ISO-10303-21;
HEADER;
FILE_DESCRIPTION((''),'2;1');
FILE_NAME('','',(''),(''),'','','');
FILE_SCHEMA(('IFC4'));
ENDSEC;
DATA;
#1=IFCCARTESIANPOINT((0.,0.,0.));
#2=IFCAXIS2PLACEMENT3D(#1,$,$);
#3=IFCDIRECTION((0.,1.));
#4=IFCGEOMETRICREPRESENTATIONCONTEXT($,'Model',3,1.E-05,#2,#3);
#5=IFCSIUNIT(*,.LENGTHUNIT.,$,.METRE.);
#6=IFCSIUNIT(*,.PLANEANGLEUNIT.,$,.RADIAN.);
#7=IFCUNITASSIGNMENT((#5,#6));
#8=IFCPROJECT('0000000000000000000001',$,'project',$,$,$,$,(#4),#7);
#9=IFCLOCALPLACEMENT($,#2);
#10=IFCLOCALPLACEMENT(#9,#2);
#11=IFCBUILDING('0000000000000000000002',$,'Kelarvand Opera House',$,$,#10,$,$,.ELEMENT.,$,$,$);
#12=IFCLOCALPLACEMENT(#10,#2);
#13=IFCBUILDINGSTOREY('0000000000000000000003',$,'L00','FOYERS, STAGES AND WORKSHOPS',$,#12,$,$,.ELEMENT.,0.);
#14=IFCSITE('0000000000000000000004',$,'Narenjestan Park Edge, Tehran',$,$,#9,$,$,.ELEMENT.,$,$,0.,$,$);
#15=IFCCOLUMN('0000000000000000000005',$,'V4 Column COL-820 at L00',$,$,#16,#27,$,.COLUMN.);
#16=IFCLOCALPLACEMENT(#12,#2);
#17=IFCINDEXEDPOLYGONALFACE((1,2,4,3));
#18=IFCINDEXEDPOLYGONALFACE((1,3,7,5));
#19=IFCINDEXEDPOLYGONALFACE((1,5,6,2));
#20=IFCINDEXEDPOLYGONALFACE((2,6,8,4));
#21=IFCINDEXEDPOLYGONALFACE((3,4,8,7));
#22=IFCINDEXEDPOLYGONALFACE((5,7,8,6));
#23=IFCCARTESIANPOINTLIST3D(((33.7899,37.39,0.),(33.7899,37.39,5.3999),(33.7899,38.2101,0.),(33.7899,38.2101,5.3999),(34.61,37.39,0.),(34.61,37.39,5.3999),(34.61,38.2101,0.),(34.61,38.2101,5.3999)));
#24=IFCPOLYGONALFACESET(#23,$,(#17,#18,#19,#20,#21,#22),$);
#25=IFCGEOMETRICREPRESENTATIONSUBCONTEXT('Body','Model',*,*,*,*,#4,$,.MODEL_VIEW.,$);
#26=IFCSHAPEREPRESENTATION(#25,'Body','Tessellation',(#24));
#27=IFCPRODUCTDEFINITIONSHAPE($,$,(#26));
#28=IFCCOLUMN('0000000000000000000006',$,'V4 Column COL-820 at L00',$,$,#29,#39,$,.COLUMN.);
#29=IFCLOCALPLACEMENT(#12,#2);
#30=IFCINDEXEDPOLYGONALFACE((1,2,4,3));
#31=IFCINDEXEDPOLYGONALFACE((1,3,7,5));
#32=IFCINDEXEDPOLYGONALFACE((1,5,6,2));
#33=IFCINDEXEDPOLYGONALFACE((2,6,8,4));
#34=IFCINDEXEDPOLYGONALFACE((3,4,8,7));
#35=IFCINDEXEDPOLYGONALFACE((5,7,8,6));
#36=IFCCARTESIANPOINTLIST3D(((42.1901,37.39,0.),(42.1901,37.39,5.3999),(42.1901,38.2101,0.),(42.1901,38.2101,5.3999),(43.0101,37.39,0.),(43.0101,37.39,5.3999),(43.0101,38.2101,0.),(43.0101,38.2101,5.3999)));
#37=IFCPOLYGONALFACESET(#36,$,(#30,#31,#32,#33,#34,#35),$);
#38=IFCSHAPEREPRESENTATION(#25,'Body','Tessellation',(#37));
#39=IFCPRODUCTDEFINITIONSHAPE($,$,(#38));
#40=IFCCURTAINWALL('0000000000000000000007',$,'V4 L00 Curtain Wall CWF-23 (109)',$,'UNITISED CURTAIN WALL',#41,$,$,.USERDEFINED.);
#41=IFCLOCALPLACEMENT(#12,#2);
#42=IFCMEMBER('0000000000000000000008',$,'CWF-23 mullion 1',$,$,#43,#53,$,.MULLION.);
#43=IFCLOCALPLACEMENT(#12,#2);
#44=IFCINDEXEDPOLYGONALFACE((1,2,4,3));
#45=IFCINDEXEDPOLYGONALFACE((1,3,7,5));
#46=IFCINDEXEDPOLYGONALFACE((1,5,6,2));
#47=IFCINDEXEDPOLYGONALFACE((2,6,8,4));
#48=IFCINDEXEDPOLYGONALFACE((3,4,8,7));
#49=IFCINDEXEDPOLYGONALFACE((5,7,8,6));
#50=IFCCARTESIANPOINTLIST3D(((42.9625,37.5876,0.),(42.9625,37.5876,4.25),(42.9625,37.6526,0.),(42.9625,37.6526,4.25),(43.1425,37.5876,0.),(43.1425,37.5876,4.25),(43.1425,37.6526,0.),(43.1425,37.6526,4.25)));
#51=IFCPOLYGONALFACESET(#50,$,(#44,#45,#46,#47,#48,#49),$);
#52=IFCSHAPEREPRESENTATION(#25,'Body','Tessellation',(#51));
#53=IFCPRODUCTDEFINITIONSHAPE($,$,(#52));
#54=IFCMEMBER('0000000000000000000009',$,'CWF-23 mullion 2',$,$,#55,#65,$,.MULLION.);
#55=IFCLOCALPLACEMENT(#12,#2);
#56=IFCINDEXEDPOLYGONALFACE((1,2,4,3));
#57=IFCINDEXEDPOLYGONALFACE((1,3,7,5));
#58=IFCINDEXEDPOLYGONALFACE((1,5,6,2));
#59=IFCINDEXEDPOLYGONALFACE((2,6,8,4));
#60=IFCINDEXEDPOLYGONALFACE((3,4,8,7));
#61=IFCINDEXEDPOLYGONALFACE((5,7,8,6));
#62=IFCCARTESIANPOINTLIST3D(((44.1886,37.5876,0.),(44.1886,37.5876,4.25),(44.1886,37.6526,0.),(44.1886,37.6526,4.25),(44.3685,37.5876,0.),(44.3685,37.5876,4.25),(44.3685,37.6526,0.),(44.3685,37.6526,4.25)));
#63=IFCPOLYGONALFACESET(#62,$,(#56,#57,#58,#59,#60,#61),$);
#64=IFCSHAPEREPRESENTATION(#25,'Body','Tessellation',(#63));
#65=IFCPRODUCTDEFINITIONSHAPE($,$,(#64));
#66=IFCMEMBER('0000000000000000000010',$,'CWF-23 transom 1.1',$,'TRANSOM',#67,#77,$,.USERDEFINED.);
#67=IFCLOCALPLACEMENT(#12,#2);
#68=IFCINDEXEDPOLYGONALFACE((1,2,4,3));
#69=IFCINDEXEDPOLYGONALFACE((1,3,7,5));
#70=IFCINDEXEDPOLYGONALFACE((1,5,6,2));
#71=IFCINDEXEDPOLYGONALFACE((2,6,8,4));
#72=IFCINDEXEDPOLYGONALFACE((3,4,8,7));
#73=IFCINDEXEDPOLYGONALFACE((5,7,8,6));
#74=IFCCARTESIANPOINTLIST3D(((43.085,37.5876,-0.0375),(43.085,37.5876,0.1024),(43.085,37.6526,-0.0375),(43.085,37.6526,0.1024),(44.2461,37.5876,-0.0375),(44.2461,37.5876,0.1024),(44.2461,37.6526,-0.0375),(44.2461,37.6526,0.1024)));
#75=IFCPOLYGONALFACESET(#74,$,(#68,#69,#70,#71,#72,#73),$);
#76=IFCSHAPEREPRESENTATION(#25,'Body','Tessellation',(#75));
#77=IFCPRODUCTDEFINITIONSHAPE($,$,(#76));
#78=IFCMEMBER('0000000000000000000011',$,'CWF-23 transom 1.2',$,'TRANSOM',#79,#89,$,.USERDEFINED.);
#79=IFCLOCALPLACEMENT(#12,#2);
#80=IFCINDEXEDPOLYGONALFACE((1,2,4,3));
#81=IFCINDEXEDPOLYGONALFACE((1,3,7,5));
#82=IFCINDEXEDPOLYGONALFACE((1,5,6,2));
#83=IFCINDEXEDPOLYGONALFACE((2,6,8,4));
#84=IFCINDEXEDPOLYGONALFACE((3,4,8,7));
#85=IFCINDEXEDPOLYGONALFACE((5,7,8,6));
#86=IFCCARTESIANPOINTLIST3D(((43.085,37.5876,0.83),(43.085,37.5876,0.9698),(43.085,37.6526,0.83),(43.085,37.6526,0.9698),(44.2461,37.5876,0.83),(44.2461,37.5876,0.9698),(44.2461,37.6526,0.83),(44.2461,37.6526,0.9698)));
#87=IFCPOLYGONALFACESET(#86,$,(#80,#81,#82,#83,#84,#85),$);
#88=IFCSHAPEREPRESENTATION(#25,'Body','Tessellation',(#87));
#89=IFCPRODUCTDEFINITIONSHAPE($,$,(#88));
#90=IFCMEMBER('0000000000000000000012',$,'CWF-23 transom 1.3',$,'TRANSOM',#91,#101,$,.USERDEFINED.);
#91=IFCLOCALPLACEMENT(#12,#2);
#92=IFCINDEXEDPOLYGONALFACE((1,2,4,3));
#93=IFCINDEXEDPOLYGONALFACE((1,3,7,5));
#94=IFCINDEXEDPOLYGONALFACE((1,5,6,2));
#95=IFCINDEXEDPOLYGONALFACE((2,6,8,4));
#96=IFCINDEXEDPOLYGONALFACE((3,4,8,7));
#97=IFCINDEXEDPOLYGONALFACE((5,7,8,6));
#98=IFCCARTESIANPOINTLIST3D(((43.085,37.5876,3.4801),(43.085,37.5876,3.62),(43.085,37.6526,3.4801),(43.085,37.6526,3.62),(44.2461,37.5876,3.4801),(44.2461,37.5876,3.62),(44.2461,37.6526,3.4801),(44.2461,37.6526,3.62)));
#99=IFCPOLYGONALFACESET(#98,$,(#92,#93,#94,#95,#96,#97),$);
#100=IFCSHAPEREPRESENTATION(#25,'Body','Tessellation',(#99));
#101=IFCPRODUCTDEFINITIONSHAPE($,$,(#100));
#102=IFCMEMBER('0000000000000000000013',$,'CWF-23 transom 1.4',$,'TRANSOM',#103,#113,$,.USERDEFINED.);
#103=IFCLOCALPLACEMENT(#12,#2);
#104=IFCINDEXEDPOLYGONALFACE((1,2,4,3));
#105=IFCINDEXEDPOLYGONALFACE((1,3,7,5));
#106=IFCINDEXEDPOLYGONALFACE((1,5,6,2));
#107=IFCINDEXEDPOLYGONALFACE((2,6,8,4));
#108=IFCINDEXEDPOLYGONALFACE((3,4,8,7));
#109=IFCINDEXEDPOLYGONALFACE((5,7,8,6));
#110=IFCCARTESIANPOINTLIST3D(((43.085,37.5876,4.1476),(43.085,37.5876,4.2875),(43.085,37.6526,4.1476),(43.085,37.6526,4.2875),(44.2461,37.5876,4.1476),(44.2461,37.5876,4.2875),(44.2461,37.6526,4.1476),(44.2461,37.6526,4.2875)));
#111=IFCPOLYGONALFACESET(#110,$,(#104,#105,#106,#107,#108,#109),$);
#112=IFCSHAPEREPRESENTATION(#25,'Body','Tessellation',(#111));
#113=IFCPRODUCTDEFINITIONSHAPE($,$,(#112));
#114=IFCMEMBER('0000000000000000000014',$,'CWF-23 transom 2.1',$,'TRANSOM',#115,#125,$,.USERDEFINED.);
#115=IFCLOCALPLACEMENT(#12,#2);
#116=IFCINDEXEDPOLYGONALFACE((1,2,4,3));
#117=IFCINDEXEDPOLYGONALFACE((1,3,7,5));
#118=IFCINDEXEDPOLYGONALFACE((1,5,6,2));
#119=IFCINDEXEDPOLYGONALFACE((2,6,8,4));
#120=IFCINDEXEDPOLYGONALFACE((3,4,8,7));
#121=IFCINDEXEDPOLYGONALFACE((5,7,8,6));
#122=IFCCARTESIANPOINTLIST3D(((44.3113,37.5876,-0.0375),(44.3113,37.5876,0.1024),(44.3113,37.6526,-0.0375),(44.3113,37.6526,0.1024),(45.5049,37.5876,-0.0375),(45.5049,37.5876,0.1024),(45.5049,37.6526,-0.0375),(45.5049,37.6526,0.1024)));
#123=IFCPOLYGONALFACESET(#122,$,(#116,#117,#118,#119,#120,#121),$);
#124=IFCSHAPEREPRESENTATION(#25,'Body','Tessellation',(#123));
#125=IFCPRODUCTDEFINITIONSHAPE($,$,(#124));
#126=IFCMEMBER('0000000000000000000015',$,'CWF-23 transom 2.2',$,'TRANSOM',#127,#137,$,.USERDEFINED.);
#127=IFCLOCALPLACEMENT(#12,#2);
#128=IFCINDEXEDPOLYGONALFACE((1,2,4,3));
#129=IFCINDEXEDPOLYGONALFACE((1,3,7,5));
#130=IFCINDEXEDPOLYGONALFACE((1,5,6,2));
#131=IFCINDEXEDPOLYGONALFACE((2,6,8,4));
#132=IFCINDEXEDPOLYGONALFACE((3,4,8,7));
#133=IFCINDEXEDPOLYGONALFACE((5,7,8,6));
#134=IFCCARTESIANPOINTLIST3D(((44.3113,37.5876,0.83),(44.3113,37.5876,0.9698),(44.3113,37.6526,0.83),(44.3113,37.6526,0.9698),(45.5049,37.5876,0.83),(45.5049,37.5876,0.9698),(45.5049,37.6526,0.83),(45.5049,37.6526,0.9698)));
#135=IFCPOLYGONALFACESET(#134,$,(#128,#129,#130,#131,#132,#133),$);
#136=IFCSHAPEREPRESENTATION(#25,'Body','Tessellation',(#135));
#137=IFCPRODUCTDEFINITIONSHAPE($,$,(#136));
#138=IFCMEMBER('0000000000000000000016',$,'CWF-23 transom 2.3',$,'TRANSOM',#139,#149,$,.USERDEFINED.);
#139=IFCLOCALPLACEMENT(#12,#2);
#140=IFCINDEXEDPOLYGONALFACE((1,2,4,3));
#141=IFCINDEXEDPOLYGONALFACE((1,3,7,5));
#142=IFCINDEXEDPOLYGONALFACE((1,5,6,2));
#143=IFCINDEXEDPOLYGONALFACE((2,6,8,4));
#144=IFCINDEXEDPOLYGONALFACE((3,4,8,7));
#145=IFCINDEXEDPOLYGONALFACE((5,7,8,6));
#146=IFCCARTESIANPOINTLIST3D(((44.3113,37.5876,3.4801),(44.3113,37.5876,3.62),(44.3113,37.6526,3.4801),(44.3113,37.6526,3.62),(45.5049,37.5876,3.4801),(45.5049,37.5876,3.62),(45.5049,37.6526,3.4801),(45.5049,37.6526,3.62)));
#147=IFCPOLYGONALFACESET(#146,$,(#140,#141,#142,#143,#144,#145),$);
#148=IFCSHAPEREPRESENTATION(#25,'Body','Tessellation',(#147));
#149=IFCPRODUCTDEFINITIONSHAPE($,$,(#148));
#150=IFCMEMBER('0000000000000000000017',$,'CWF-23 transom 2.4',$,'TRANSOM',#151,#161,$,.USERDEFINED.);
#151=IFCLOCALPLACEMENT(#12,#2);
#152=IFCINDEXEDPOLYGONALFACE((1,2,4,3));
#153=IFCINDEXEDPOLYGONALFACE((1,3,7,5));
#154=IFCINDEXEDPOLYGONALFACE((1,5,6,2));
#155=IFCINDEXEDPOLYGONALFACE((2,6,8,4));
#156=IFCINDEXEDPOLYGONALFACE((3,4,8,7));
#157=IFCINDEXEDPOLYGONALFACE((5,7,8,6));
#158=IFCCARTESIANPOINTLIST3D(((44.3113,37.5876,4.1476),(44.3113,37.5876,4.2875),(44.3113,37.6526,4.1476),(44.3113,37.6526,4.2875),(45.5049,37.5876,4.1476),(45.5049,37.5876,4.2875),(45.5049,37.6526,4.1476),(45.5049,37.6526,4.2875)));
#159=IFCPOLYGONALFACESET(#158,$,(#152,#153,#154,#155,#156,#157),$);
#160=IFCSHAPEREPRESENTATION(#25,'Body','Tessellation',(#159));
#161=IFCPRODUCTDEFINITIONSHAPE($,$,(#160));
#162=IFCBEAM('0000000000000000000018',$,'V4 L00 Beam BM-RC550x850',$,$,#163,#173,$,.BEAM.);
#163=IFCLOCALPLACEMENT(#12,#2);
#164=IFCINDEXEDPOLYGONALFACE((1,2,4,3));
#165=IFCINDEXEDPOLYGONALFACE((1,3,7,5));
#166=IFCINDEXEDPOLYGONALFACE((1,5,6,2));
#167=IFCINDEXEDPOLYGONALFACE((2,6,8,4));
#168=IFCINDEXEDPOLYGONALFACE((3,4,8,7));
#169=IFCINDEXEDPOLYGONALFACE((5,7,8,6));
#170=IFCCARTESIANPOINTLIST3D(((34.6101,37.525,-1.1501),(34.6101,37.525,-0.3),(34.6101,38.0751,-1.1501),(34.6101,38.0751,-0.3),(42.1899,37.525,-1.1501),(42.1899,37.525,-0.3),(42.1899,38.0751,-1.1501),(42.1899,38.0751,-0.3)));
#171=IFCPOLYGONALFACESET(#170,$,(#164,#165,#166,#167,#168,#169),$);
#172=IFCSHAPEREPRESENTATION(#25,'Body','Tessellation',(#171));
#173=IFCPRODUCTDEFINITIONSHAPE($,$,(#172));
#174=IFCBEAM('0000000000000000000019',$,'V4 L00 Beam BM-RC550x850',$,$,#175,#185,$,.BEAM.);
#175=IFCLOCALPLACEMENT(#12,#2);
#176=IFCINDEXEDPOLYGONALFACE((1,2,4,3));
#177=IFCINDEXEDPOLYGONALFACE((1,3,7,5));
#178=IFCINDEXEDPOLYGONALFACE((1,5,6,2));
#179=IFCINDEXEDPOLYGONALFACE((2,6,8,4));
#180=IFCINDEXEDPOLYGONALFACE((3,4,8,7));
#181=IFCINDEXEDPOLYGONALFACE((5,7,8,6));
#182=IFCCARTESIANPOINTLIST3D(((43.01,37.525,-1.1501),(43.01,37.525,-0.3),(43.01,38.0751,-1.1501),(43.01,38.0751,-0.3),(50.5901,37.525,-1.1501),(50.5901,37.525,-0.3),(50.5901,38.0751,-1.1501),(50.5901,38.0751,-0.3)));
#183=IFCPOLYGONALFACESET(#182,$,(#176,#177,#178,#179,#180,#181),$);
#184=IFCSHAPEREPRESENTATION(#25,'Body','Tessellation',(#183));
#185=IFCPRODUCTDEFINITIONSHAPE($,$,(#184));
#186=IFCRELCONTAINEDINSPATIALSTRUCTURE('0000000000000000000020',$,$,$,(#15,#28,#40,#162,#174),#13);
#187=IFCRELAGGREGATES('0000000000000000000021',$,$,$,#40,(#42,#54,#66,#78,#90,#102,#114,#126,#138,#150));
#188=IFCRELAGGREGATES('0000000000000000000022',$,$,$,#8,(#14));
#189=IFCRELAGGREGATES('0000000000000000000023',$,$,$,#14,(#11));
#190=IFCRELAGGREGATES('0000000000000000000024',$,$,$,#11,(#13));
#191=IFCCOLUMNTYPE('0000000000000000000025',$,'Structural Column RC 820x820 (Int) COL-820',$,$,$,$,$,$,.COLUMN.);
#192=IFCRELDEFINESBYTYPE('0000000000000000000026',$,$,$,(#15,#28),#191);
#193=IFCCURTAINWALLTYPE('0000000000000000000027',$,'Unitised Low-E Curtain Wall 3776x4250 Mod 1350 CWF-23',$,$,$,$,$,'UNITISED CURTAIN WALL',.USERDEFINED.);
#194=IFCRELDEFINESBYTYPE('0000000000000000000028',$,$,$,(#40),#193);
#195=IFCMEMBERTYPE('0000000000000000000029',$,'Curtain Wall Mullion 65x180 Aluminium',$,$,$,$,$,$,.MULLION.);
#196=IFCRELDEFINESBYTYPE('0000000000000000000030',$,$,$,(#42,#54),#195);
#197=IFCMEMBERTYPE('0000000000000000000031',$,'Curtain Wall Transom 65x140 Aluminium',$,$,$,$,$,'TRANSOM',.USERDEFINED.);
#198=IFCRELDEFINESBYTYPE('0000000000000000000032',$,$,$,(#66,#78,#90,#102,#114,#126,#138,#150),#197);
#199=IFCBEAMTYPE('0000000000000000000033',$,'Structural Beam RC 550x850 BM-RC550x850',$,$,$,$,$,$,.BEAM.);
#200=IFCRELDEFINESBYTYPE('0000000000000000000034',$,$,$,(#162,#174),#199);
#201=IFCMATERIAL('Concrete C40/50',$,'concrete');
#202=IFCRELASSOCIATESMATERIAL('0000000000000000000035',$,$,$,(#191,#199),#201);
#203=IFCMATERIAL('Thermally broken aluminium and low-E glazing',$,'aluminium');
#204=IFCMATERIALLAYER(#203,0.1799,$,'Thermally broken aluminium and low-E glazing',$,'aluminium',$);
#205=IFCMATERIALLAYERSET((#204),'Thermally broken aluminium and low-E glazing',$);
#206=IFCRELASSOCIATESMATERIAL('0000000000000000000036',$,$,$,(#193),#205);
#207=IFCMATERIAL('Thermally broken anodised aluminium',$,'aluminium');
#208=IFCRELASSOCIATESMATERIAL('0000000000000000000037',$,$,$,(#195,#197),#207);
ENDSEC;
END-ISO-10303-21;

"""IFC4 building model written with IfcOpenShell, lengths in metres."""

from ifc_helpers import new_model, si_unit, direction, frame, origin, origin_2d, place, context, subcontext, project, spatial, rectangle, extrude, material, layer, layer_set, material_profile, profile_set, type_object, element, aggregate, save


model = new_model("IFC4")

# Units and contexts
model_context = context("Model", 3, precision=1e-05, world=origin(), true_north=direction((0.0, 1.0)))
body_context = subcontext(model_context, "Body", "Model", "MODEL_VIEW")
ifc_project = project(units=[si_unit("LENGTHUNIT", "METRE"), si_unit("PLANEANGLEUNIT", "RADIAN")], contexts=[model_context])

# Site, building, storey
site_placement = place(None, origin())
site = spatial("IfcSite", under=ifc_project, at=site_placement, Name="Narenjestan Park Edge, Tehran", CompositionType="ELEMENT", RefElevation=0.0)
building_placement = place(site_placement, origin())
building = spatial("IfcBuilding", under=site, at=building_placement, Name="Kelarvand Opera House", CompositionType="ELEMENT")
storey_placement = place(building_placement, origin())
storey = spatial("IfcBuildingStorey", under=building, at=storey_placement, Name="L00", Description="FOYERS, STAGES AND WORKSHOPS", CompositionType="ELEMENT", Elevation=0.0)

# Columns
ifc_material_1 = material(Name="Concrete C40/50", Category="concrete")
ifc_material_profile_1 = material_profile(ifc_material_1, rectangle(XDim=0.8201, YDim=0.8201, at=origin_2d()), Name="RC 820x820", Category="concrete")
ifc_profile_set_1 = profile_set([ifc_material_profile_1], Name="Concrete C40/50")
column_type = type_object("IfcColumnType", Name="Structural Column RC 820x820 (Int) COL-820", PredefinedType="COLUMN", material=ifc_profile_set_1)
for number, where, z_axis, x_axis, name in (
    (1, (34.2, 37.8, 0.0), (0.0, 0.0, 1.0), (1.0, 0.0, 0.0), "V4 Column COL-820 at L00"),
    (2, (42.6001, 37.8, 0.0), (0.0, 0.0, 1.0), (1.0, 0.0, 0.0), "V4 Column COL-820 at L00"),
):
    element("IfcColumn", number, at=place(storey_placement, frame(where, z_axis=z_axis, x_axis=x_axis)), inside=storey, type_object=column_type, Name=name, PredefinedType="COLUMN", context=body_context, shape_type="SweptSolid", body=[
        extrude(rectangle(XDim=0.8201, YDim=0.8201, at=origin_2d()), origin(), (0.0, 0.0, 1.0), 5.3999),
    ])

# Curtain wall, members
ifc_material_2 = material(Name="Thermally broken aluminium and low-E glazing", Category="aluminium")
ifc_layer_1 = layer(ifc_material_2, 0.1799, Name="Thermally broken aluminium and low-E glazing", Category="aluminium")
ifc_layer_set_1 = layer_set([ifc_layer_1], Name="Thermally broken aluminium and low-E glazing")
curtain_wall_type = type_object("IfcCurtainWallType", Name="Unitised Low-E Curtain Wall 3776x4250 Mod 1350 CWF-23", ElementType="UNITISED CURTAIN WALL", PredefinedType="USERDEFINED", material=ifc_layer_set_1)
curtain_wall_placement = place(storey_placement, origin())
curtain_wall = element("IfcCurtainWall", 3, at=curtain_wall_placement, inside=storey, type_object=curtain_wall_type, Name="V4 L00 Curtain Wall CWF-23 (109)", ObjectType="UNITISED CURTAIN WALL", PredefinedType="USERDEFINED")
ifc_material_3 = material(Name="Thermally broken anodised aluminium", Category="aluminium")
ifc_material_profile_2 = material_profile(ifc_material_3, rectangle(XDim=0.0649, YDim=0.1799, at=origin_2d()), Name="ALU MULLION 65x180", Category="aluminium")
ifc_profile_set_2 = profile_set([ifc_material_profile_2], Name="Thermally broken anodised aluminium")
member_type_1 = type_object("IfcMemberType", Name="Curtain Wall Mullion 65x180 Aluminium", PredefinedType="MULLION", material=ifc_profile_set_2)
member_1_placement = place(storey_placement, frame((43.0525, 37.6201, 0.0), z_axis=(0.0, 0.0, 1.0), x_axis=(0.0, 1.0, 0.0)))
member_1 = element("IfcMember", 4, at=member_1_placement, type_object=member_type_1, Name="CWF-23 mullion 1", PredefinedType="MULLION", context=body_context, shape_type="SweptSolid", body=[
    extrude(rectangle(XDim=0.0649, YDim=0.1799, at=origin_2d()), origin(), (0.0, 0.0, 1.0), 4.25),
])
member_2_placement = place(storey_placement, frame((44.2786, 37.6201, 0.0), z_axis=(0.0, 0.0, 1.0), x_axis=(0.0, 1.0, 0.0)))
member_2 = element("IfcMember", 5, at=member_2_placement, type_object=member_type_1, Name="CWF-23 mullion 2", PredefinedType="MULLION", context=body_context, shape_type="SweptSolid", body=[
    extrude(rectangle(XDim=0.0649, YDim=0.1799, at=origin_2d()), origin(), (0.0, 0.0, 1.0), 4.25),
])
ifc_material_profile_3 = material_profile(ifc_material_3, rectangle(XDim=0.0649, YDim=0.1399, at=origin_2d()), Name="ALU TRANSOM 65x140", Category="aluminium")
ifc_profile_set_3 = profile_set([ifc_material_profile_3], Name="Thermally broken anodised aluminium")
member_type_2 = type_object("IfcMemberType", Name="Curtain Wall Transom 65x140 Aluminium", ElementType="TRANSOM", PredefinedType="USERDEFINED", material=ifc_profile_set_3)
member_3_placement = place(storey_placement, frame((43.085, 37.6201, 0.0325), z_axis=(1.0, 0.0, 0.0), x_axis=(0.0, 1.0, 0.0)))
member_3 = element("IfcMember", 6, at=member_3_placement, type_object=member_type_2, Name="CWF-23 transom 1.1", ObjectType="TRANSOM", PredefinedType="USERDEFINED", context=body_context, shape_type="SweptSolid", body=[
    extrude(rectangle(XDim=0.0649, YDim=0.1399, at=origin_2d()), origin(), (0.0, 0.0, 1.0), 1.1611),
])
member_4_placement = place(storey_placement, frame((43.085, 37.6201, 0.8999), z_axis=(1.0, 0.0, 0.0), x_axis=(0.0, 1.0, 0.0)))
member_4 = element("IfcMember", 7, at=member_4_placement, type_object=member_type_2, Name="CWF-23 transom 1.2", ObjectType="TRANSOM", PredefinedType="USERDEFINED", context=body_context, shape_type="SweptSolid", body=[
    extrude(rectangle(XDim=0.0649, YDim=0.1399, at=origin_2d()), origin(), (0.0, 0.0, 1.0), 1.1611),
])
member_5_placement = place(storey_placement, frame((43.085, 37.6201, 3.55), z_axis=(1.0, 0.0, 0.0), x_axis=(0.0, 1.0, 0.0)))
member_5 = element("IfcMember", 8, at=member_5_placement, type_object=member_type_2, Name="CWF-23 transom 1.3", ObjectType="TRANSOM", PredefinedType="USERDEFINED", context=body_context, shape_type="SweptSolid", body=[
    extrude(rectangle(XDim=0.0649, YDim=0.1399, at=origin_2d()), origin(), (0.0, 0.0, 1.0), 1.1611),
])
member_6_placement = place(storey_placement, frame((43.085, 37.6201, 4.2175), z_axis=(1.0, 0.0, 0.0), x_axis=(0.0, 1.0, 0.0)))
member_6 = element("IfcMember", 9, at=member_6_placement, type_object=member_type_2, Name="CWF-23 transom 1.4", ObjectType="TRANSOM", PredefinedType="USERDEFINED", context=body_context, shape_type="SweptSolid", body=[
    extrude(rectangle(XDim=0.0649, YDim=0.1399, at=origin_2d()), origin(), (0.0, 0.0, 1.0), 1.1611),
])
member_7_placement = place(storey_placement, frame((44.3113, 37.6201, 0.0325), z_axis=(1.0, 0.0, 0.0), x_axis=(0.0, 1.0, 0.0)))
member_7 = element("IfcMember", 10, at=member_7_placement, type_object=member_type_2, Name="CWF-23 transom 2.1", ObjectType="TRANSOM", PredefinedType="USERDEFINED", context=body_context, shape_type="SweptSolid", body=[
    extrude(rectangle(XDim=0.0649, YDim=0.1399, at=origin_2d()), origin(), (0.0, 0.0, 1.0), 1.1936),
])
member_8_placement = place(storey_placement, frame((44.3113, 37.6201, 0.8999), z_axis=(1.0, 0.0, 0.0), x_axis=(0.0, 1.0, 0.0)))
member_8 = element("IfcMember", 11, at=member_8_placement, type_object=member_type_2, Name="CWF-23 transom 2.2", ObjectType="TRANSOM", PredefinedType="USERDEFINED", context=body_context, shape_type="SweptSolid", body=[
    extrude(rectangle(XDim=0.0649, YDim=0.1399, at=origin_2d()), origin(), (0.0, 0.0, 1.0), 1.1936),
])
member_9_placement = place(storey_placement, frame((44.3113, 37.6201, 3.55), z_axis=(1.0, 0.0, 0.0), x_axis=(0.0, 1.0, 0.0)))
member_9 = element("IfcMember", 12, at=member_9_placement, type_object=member_type_2, Name="CWF-23 transom 2.3", ObjectType="TRANSOM", PredefinedType="USERDEFINED", context=body_context, shape_type="SweptSolid", body=[
    extrude(rectangle(XDim=0.0649, YDim=0.1399, at=origin_2d()), origin(), (0.0, 0.0, 1.0), 1.1936),
])
member_10_placement = place(storey_placement, frame((44.3113, 37.6201, 4.2175), z_axis=(1.0, 0.0, 0.0), x_axis=(0.0, 1.0, 0.0)))
member_10 = element("IfcMember", 13, at=member_10_placement, type_object=member_type_2, Name="CWF-23 transom 2.4", ObjectType="TRANSOM", PredefinedType="USERDEFINED", context=body_context, shape_type="SweptSolid", body=[
    extrude(rectangle(XDim=0.0649, YDim=0.1399, at=origin_2d()), origin(), (0.0, 0.0, 1.0), 1.1936),
])

# Beams
ifc_material_profile_4 = material_profile(ifc_material_1, rectangle(XDim=0.55, YDim=0.8501, at=origin_2d()), Name="RC 550x850", Category="concrete")
ifc_profile_set_4 = profile_set([ifc_material_profile_4], Name="Concrete C40/50")
beam_type = type_object("IfcBeamType", Name="Structural Beam RC 550x850 BM-RC550x850", PredefinedType="BEAM", material=ifc_profile_set_4)
beam_1_placement = place(storey_placement, frame((34.6101, 37.8, -0.7251), z_axis=(1.0, 0.0, 0.0), x_axis=(0.0, 1.0, 0.0)))
element("IfcBeam", 14, at=beam_1_placement, inside=storey, type_object=beam_type, Name="V4 L00 Beam BM-RC550x850", PredefinedType="BEAM", context=body_context, shape_type="SweptSolid", body=[
    extrude(rectangle(XDim=0.55, YDim=0.8501, at=origin_2d()), origin(), (0.0, 0.0, 1.0), 7.5798),
])
beam_2_placement = place(storey_placement, frame((43.01, 37.8, -0.7251), z_axis=(1.0, 0.0, 0.0), x_axis=(0.0, 1.0, 0.0)))
element("IfcBeam", 15, at=beam_2_placement, inside=storey, type_object=beam_type, Name="V4 L00 Beam BM-RC550x850", PredefinedType="BEAM", context=body_context, shape_type="SweptSolid", body=[
    extrude(rectangle(XDim=0.55, YDim=0.8501, at=origin_2d()), origin(), (0.0, 0.0, 1.0), 7.5801),
])

aggregate(curtain_wall, [member_1, member_2, member_3, member_4, member_5, member_6, member_7, member_8, member_9, member_10])

save(model, "model.ifc")
